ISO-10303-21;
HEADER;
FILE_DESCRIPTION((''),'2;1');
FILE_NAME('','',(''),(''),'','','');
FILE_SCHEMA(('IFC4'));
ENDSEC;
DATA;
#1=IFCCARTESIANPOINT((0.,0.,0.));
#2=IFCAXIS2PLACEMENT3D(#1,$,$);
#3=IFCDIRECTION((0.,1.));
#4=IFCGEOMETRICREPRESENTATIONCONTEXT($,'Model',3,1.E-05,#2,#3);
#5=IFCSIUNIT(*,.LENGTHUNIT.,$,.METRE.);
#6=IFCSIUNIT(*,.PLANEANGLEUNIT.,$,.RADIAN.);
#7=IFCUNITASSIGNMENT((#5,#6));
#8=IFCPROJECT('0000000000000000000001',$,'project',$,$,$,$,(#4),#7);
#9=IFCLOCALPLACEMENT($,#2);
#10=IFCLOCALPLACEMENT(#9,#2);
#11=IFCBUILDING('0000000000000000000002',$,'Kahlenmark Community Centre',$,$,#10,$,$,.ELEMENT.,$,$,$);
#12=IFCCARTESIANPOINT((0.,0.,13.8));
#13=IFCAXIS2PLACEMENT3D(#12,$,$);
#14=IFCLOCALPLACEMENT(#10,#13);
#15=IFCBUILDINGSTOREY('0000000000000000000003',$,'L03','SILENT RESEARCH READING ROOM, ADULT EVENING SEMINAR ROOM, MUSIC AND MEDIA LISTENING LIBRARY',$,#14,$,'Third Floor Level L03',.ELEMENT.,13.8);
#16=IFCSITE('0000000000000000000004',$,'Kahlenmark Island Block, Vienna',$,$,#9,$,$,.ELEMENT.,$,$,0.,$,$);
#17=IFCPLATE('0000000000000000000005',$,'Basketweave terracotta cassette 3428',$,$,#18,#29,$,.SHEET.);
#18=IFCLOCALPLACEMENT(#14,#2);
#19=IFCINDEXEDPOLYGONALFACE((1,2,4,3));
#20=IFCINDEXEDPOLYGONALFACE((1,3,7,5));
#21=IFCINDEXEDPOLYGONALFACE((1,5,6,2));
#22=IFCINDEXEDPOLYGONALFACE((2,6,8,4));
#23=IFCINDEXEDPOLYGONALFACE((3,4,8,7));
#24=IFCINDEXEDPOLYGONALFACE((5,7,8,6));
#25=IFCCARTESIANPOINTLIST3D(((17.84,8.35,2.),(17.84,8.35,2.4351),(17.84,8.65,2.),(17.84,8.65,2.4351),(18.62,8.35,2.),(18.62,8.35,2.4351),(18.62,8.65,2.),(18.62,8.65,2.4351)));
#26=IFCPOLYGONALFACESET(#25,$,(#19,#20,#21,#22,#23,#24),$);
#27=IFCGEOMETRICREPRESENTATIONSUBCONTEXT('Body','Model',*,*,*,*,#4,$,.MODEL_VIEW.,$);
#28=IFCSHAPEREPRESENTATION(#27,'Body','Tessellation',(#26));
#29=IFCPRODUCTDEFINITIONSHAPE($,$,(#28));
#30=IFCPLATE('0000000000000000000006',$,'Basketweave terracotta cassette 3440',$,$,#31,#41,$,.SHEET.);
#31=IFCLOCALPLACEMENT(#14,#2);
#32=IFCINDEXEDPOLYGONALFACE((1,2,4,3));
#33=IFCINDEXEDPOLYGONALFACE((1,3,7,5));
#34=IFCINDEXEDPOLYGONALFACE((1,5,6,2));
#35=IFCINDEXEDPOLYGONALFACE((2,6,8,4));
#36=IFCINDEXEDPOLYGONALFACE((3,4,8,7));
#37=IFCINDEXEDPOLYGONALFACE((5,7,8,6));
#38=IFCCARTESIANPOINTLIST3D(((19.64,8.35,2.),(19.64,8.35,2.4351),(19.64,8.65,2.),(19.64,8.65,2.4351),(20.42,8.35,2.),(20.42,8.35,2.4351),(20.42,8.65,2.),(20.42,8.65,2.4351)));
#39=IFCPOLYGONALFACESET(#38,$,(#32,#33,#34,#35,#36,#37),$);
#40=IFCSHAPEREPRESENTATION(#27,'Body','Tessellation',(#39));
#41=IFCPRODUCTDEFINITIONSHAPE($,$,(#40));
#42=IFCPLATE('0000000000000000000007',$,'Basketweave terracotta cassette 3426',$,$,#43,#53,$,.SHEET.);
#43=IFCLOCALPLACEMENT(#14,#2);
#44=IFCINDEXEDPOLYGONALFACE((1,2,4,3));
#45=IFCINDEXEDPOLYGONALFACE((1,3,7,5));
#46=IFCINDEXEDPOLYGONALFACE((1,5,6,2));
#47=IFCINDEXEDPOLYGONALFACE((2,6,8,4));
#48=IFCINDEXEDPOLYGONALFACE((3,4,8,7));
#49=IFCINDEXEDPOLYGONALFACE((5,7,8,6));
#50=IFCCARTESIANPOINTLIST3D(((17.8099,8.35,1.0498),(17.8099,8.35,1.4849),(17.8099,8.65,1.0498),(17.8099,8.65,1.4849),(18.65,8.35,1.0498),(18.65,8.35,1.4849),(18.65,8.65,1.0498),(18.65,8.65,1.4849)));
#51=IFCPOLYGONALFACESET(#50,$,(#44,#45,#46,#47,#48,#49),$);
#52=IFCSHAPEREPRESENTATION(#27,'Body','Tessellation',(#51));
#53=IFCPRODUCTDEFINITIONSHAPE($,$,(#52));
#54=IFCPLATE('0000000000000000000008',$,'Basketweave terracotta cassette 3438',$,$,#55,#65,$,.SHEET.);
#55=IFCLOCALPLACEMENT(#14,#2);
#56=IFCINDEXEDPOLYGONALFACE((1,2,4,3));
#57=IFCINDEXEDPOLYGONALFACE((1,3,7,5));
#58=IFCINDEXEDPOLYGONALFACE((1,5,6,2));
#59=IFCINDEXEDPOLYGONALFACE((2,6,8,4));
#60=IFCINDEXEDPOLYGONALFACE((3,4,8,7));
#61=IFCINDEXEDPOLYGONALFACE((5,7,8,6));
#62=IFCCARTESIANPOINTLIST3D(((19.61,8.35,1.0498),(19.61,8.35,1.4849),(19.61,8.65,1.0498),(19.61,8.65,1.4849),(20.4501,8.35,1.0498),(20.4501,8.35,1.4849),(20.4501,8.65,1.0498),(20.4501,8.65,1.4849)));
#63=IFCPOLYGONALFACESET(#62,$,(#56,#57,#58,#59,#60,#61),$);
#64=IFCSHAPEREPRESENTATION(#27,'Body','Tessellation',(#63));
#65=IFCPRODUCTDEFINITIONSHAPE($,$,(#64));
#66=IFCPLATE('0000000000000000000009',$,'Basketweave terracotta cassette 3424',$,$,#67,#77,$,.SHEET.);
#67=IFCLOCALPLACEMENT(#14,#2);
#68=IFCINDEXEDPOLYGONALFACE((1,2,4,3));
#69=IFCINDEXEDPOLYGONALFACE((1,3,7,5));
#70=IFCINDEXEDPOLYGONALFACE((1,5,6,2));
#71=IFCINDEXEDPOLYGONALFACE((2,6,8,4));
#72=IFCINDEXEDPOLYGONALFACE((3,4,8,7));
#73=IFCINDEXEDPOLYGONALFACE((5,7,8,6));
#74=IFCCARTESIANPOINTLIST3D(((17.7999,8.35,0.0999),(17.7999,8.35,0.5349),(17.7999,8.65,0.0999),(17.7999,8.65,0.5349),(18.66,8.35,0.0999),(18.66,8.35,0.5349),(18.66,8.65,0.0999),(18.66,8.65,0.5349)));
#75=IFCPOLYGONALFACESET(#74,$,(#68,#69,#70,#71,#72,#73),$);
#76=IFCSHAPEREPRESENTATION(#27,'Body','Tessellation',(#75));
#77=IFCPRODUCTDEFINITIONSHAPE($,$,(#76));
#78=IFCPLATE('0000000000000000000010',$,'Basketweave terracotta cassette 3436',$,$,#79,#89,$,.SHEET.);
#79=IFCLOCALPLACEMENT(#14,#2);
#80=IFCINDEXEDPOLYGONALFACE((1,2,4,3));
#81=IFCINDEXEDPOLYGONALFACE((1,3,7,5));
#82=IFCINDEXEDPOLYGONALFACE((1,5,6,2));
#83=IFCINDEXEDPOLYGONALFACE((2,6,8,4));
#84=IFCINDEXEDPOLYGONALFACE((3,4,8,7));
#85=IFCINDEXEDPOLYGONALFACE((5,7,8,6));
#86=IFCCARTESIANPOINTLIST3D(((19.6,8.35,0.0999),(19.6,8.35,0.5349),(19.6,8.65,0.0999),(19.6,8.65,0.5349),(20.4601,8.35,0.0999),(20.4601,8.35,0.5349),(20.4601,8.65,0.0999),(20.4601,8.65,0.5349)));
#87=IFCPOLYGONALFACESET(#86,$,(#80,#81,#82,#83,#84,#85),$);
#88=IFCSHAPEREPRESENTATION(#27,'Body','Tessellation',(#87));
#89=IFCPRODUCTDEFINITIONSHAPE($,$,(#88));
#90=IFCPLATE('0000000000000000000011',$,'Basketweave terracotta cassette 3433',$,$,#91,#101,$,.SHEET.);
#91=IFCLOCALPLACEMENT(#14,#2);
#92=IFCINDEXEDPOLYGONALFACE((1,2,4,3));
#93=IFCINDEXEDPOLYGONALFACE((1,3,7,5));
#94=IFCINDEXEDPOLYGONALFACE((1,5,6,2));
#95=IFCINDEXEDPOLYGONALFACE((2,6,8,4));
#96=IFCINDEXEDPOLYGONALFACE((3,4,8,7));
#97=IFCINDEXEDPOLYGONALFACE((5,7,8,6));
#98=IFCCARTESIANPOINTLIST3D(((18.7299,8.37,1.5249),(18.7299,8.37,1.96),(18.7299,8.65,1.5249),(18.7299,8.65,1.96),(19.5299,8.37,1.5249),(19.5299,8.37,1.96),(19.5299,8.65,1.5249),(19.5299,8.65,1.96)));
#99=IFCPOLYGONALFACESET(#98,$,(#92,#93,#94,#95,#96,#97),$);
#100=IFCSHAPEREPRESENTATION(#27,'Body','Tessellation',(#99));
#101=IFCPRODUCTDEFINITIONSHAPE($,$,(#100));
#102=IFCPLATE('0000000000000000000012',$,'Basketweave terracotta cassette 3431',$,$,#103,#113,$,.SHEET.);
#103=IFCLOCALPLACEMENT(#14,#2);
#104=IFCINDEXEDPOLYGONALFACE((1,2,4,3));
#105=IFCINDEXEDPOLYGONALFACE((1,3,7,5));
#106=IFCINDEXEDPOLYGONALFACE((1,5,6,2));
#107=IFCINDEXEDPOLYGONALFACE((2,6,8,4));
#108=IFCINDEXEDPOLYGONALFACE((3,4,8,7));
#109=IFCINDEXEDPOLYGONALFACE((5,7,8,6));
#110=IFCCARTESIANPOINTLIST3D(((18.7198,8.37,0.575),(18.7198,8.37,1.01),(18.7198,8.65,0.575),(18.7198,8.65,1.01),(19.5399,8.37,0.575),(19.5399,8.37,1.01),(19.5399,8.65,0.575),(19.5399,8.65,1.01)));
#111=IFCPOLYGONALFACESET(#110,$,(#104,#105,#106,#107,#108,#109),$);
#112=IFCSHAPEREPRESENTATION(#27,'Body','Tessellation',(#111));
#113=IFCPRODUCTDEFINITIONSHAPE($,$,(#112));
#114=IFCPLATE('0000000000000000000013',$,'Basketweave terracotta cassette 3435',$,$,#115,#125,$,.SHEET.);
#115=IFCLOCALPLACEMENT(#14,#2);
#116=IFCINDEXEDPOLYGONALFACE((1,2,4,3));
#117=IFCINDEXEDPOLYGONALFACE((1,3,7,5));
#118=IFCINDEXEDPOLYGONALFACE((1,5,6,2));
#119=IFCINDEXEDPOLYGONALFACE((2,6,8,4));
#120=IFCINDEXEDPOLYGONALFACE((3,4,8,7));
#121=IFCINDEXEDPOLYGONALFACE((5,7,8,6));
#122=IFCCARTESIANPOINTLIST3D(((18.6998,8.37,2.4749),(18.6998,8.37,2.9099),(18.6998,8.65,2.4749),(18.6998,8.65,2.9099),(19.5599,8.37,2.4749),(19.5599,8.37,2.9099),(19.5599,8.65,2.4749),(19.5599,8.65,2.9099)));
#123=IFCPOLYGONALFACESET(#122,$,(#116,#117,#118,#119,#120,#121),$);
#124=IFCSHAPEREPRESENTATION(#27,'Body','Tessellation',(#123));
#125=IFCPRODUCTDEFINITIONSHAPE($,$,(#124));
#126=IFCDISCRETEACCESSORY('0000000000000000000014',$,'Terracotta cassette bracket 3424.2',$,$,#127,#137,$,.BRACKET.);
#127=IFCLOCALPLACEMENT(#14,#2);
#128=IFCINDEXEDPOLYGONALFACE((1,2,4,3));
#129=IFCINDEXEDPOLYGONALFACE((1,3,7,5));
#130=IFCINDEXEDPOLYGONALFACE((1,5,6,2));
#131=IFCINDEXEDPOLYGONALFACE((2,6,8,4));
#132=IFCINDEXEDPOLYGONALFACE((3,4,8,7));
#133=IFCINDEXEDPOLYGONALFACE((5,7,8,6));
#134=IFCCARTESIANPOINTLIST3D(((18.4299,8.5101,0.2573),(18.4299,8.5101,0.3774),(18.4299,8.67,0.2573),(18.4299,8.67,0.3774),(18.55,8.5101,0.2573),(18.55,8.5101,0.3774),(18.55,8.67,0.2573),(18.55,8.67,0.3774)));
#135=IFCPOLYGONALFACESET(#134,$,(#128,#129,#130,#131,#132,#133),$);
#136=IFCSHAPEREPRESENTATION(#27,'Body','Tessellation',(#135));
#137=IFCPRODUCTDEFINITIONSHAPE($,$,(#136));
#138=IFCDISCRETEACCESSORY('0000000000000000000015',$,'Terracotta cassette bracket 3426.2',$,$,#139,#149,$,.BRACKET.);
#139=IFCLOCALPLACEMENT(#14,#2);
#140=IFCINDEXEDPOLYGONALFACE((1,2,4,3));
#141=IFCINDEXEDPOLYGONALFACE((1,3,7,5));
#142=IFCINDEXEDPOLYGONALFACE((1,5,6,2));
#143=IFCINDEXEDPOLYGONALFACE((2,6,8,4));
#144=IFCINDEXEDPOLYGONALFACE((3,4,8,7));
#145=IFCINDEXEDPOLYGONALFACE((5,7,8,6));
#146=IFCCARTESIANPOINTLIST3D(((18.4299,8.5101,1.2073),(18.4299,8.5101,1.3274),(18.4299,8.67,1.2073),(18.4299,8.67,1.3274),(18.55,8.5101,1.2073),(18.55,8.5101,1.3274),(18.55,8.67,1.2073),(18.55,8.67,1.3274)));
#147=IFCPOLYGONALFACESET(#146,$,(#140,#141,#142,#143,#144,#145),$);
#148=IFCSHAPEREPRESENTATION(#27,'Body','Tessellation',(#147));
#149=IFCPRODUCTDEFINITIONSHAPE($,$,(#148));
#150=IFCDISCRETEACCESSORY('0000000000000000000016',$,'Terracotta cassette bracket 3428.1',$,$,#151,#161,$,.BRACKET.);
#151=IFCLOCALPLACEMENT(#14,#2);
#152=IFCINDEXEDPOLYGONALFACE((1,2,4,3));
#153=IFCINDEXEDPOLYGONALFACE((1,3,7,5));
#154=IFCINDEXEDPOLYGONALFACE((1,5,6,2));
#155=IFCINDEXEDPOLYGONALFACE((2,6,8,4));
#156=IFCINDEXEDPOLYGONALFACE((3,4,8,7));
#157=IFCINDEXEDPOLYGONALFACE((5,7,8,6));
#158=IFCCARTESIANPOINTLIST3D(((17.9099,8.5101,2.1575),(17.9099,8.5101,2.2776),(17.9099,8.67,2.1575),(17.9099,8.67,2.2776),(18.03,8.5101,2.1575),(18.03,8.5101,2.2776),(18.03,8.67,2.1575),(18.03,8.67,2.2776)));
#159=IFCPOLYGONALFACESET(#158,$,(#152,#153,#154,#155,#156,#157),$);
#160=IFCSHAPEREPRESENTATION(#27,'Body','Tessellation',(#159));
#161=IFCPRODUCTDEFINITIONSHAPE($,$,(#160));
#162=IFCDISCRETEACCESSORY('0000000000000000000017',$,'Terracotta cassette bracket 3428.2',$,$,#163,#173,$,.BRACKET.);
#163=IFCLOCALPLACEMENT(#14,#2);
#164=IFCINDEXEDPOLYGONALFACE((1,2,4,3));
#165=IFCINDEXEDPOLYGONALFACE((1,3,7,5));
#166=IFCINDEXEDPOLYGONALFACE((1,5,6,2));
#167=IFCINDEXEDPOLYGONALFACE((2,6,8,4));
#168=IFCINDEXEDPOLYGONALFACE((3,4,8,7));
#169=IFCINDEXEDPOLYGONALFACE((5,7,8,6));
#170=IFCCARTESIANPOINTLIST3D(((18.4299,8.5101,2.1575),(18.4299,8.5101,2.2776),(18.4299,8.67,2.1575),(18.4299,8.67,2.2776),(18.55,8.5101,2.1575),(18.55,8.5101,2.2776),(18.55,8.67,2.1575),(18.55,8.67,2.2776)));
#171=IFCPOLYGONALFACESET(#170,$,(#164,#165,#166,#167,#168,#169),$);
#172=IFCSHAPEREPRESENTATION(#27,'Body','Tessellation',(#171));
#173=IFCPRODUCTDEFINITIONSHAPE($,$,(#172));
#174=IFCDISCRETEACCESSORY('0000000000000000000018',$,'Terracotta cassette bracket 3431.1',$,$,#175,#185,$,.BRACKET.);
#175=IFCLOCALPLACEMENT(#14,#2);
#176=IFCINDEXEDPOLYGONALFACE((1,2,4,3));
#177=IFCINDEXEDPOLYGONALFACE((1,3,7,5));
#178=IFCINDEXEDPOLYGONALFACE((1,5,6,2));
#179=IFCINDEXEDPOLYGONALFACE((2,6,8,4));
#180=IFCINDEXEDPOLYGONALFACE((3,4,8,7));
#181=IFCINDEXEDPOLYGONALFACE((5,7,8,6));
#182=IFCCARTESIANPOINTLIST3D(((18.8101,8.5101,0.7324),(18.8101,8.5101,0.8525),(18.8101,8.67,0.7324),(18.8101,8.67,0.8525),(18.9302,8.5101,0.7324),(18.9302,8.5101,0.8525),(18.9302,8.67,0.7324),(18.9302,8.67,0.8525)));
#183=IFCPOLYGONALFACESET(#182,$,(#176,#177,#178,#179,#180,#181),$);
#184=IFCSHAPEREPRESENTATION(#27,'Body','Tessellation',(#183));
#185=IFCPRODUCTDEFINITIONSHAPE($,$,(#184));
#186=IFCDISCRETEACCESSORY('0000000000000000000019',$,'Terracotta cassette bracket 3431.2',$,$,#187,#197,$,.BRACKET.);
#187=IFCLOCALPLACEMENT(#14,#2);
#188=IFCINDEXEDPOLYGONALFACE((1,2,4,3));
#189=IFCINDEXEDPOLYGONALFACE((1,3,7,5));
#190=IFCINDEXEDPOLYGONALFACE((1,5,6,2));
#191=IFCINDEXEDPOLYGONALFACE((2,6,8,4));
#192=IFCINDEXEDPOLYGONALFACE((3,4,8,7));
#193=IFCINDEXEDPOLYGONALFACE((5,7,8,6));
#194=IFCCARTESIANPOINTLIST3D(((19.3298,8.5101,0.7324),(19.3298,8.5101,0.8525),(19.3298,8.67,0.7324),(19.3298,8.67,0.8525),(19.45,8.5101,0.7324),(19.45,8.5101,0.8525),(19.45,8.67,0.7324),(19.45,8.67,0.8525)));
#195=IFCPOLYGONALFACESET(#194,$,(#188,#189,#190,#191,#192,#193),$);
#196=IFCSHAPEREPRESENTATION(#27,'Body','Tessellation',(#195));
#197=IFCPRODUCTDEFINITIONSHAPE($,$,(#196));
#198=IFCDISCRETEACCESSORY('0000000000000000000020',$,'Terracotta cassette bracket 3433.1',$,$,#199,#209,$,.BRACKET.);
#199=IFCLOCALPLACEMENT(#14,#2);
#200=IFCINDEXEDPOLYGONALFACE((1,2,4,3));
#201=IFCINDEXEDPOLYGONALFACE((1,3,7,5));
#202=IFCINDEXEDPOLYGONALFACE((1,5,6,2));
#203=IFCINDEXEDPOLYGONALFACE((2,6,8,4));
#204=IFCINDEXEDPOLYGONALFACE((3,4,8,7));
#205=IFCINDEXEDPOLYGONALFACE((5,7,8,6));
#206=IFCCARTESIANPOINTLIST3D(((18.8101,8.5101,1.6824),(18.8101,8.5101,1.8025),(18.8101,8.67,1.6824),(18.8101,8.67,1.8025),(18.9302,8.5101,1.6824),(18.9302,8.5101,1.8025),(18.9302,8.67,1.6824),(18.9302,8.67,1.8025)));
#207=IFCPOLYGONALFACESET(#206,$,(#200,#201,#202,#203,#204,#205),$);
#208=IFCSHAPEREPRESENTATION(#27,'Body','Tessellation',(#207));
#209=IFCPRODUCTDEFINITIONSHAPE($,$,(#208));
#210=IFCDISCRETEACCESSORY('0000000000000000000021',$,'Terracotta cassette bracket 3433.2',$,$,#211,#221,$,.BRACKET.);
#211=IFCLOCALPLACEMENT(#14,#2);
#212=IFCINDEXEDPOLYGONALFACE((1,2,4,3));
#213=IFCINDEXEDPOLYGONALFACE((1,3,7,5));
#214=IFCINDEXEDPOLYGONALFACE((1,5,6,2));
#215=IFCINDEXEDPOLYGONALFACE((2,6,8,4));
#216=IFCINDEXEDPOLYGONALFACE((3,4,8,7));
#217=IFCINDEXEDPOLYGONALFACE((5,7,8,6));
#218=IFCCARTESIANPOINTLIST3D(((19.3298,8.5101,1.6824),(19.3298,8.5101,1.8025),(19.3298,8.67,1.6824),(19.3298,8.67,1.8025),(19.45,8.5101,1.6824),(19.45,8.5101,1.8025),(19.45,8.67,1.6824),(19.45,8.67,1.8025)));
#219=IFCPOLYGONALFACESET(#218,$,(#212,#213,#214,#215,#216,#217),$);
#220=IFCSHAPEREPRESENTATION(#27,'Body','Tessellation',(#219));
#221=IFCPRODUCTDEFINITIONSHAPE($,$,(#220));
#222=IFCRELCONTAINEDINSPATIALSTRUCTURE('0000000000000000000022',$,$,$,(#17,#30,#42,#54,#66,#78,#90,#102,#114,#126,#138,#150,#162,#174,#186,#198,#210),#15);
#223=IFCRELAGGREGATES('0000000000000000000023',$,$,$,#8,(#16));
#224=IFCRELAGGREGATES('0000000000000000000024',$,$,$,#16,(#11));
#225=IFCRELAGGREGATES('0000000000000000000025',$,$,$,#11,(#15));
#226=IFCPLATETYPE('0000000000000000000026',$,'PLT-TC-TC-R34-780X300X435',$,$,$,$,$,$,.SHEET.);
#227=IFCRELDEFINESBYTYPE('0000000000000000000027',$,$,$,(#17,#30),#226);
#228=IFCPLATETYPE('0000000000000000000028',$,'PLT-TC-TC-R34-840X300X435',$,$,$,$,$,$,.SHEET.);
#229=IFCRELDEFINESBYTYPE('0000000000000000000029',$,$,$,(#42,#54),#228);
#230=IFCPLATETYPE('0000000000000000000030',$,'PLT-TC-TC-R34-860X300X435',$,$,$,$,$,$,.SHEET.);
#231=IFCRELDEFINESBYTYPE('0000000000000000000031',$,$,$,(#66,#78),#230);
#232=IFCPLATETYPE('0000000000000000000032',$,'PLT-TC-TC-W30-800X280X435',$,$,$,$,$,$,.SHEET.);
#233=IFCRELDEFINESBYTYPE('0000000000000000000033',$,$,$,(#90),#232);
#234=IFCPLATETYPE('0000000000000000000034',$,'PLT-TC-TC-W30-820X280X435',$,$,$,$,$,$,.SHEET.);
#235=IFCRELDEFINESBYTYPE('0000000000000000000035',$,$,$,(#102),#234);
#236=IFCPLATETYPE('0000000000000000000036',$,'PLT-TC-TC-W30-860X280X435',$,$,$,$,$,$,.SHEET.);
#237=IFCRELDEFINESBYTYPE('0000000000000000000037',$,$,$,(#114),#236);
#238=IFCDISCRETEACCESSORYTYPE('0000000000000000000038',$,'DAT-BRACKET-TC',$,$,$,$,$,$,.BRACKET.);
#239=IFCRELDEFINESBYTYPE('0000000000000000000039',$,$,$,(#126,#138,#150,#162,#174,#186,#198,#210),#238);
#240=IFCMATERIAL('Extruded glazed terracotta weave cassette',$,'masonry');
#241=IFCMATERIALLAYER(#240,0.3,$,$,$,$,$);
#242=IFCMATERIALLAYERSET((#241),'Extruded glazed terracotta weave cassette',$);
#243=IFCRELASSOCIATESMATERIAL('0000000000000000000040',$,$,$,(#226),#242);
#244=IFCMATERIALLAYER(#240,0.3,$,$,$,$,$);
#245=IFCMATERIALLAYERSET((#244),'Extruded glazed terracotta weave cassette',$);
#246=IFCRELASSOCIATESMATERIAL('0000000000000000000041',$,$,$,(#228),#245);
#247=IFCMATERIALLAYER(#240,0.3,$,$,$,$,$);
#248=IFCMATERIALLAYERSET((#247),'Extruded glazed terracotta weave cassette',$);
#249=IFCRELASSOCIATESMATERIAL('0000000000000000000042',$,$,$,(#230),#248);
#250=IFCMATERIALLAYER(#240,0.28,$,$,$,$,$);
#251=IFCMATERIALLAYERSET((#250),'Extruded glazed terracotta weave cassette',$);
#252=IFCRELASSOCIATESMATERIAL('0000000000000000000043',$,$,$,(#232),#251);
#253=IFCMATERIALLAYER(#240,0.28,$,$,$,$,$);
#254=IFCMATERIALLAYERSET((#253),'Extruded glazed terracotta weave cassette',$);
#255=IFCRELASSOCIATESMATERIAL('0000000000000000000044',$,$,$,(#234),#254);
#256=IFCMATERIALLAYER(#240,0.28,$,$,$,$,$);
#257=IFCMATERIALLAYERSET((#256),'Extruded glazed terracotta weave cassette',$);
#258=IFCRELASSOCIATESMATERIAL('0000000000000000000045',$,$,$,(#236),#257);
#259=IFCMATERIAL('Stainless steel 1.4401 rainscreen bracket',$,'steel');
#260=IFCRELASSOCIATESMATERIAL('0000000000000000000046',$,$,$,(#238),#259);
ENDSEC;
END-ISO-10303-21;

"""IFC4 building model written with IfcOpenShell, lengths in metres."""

from ifc_helpers import new_model, si_unit, direction, frame, origin, origin_2d, place, context, subcontext, project, spatial, rectangle, extrude, material, layer, layer_set, type_object, element, save


model = new_model("IFC4")

# Units and contexts
model_context = context("Model", 3, precision=1e-05, world=origin(), true_north=direction((0.0, 1.0)))
body_context = subcontext(model_context, "Body", "Model", "MODEL_VIEW")
ifc_project = project(units=[si_unit("LENGTHUNIT", "METRE"), si_unit("PLANEANGLEUNIT", "RADIAN")], contexts=[model_context])

# Site, building, storey
site_placement = place(None, origin())
site = spatial("IfcSite", under=ifc_project, at=site_placement, Name="Kahlenmark Island Block, Vienna", CompositionType="ELEMENT", RefElevation=0.0)
building_placement = place(site_placement, origin())
building = spatial("IfcBuilding", under=site, at=building_placement, Name="Kahlenmark Community Centre", CompositionType="ELEMENT")
storey_placement = place(building_placement, frame((0.0, 0.0, 13.8)))
storey = spatial("IfcBuildingStorey", under=building, at=storey_placement, Name="L03", Description="SILENT RESEARCH READING ROOM, ADULT EVENING SEMINAR ROOM, MUSIC AND MEDIA LISTENING LIBRARY", LongName="Third Floor Level L03", CompositionType="ELEMENT", Elevation=13.8)

# Plates
ifc_material_1 = material(Name="Extruded glazed terracotta weave cassette", Category="masonry")
ifc_layer_1 = layer(ifc_material_1, 0.3)
ifc_layer_set_1 = layer_set([ifc_layer_1], Name="Extruded glazed terracotta weave cassette")
plate_type_1 = type_object("IfcPlateType", Name="PLT-TC-TC-R34-780X300X435", PredefinedType="SHEET", material=ifc_layer_set_1)
for number, where, z_axis, x_axis, name in (
    (1, (18.23, 8.5, 2.0), (0.0, 0.0, 1.0), (1.0, 0.0, 0.0), "Basketweave terracotta cassette 3428"),
    (2, (20.03, 8.5, 2.0), (0.0, 0.0, 1.0), (1.0, 0.0, 0.0), "Basketweave terracotta cassette 3440"),
):
    element("IfcPlate", number, at=place(storey_placement, frame(where, z_axis=z_axis, x_axis=x_axis)), inside=storey, type_object=plate_type_1, Name=name, PredefinedType="SHEET", context=body_context, shape_type="SweptSolid", body=[
        extrude(rectangle(XDim=0.78, YDim=0.3, at=origin_2d()), origin(), (0.0, 0.0, 1.0), 0.4351),
    ])
ifc_layer_2 = layer(ifc_material_1, 0.3)
ifc_layer_set_2 = layer_set([ifc_layer_2], Name="Extruded glazed terracotta weave cassette")
plate_type_2 = type_object("IfcPlateType", Name="PLT-TC-TC-R34-840X300X435", PredefinedType="SHEET", material=ifc_layer_set_2)
for number, where, z_axis, x_axis, name in (
    (3, (18.23, 8.5, 1.0498), (0.0, 0.0, 1.0), (1.0, 0.0, 0.0), "Basketweave terracotta cassette 3426"),
    (4, (20.03, 8.5, 1.0498), (0.0, 0.0, 1.0), (1.0, 0.0, 0.0), "Basketweave terracotta cassette 3438"),
):
    element("IfcPlate", number, at=place(storey_placement, frame(where, z_axis=z_axis, x_axis=x_axis)), inside=storey, type_object=plate_type_2, Name=name, PredefinedType="SHEET", context=body_context, shape_type="SweptSolid", body=[
        extrude(rectangle(XDim=0.8401, YDim=0.3, at=origin_2d()), origin(), (0.0, 0.0, 1.0), 0.4351),
    ])
ifc_layer_3 = layer(ifc_material_1, 0.3)
ifc_layer_set_3 = layer_set([ifc_layer_3], Name="Extruded glazed terracotta weave cassette")
plate_type_3 = type_object("IfcPlateType", Name="PLT-TC-TC-R34-860X300X435", PredefinedType="SHEET", material=ifc_layer_set_3)
for number, where, z_axis, x_axis, name in (
    (5, (18.23, 8.5, 0.0999), (0.0, 0.0, 1.0), (1.0, 0.0, 0.0), "Basketweave terracotta cassette 3424"),
    (6, (20.03, 8.5, 0.0999), (0.0, 0.0, 1.0), (1.0, 0.0, 0.0), "Basketweave terracotta cassette 3436"),
):
    element("IfcPlate", number, at=place(storey_placement, frame(where, z_axis=z_axis, x_axis=x_axis)), inside=storey, type_object=plate_type_3, Name=name, PredefinedType="SHEET", context=body_context, shape_type="SweptSolid", body=[
        extrude(rectangle(XDim=0.8601, YDim=0.3, at=origin_2d()), origin(), (0.0, 0.0, 1.0), 0.4351),
    ])
ifc_layer_4 = layer(ifc_material_1, 0.28)
ifc_layer_set_4 = layer_set([ifc_layer_4], Name="Extruded glazed terracotta weave cassette")
plate_type_4 = type_object("IfcPlateType", Name="PLT-TC-TC-W30-800X280X435", PredefinedType="SHEET", material=ifc_layer_set_4)
plate_1_placement = place(storey_placement, frame((19.1299, 8.51, 1.5249), z_axis=(0.0, 0.0, 1.0), x_axis=(1.0, 0.0, 0.0)))
element("IfcPlate", 7, at=plate_1_placement, inside=storey, type_object=plate_type_4, Name="Basketweave terracotta cassette 3433", PredefinedType="SHEET", context=body_context, shape_type="SweptSolid", body=[
    extrude(rectangle(XDim=0.8, YDim=0.28, at=origin_2d()), origin(), (0.0, 0.0, 1.0), 0.4351),
])
ifc_layer_5 = layer(ifc_material_1, 0.28)
ifc_layer_set_5 = layer_set([ifc_layer_5], Name="Extruded glazed terracotta weave cassette")
plate_type_5 = type_object("IfcPlateType", Name="PLT-TC-TC-W30-820X280X435", PredefinedType="SHEET", material=ifc_layer_set_5)
plate_2_placement = place(storey_placement, frame((19.1299, 8.51, 0.575), z_axis=(0.0, 0.0, 1.0), x_axis=(1.0, 0.0, 0.0)))
element("IfcPlate", 8, at=plate_2_placement, inside=storey, type_object=plate_type_5, Name="Basketweave terracotta cassette 3431", PredefinedType="SHEET", context=body_context, shape_type="SweptSolid", body=[
    extrude(rectangle(XDim=0.8201, YDim=0.28, at=origin_2d()), origin(), (0.0, 0.0, 1.0), 0.4351),
])
ifc_layer_6 = layer(ifc_material_1, 0.28)
ifc_layer_set_6 = layer_set([ifc_layer_6], Name="Extruded glazed terracotta weave cassette")
plate_type_6 = type_object("IfcPlateType", Name="PLT-TC-TC-W30-860X280X435", PredefinedType="SHEET", material=ifc_layer_set_6)
plate_3_placement = place(storey_placement, frame((19.1299, 8.51, 2.4749), z_axis=(0.0, 0.0, 1.0), x_axis=(1.0, 0.0, 0.0)))
element("IfcPlate", 9, at=plate_3_placement, inside=storey, type_object=plate_type_6, Name="Basketweave terracotta cassette 3435", PredefinedType="SHEET", context=body_context, shape_type="SweptSolid", body=[
    extrude(rectangle(XDim=0.8601, YDim=0.28, at=origin_2d()), origin(), (0.0, 0.0, 1.0), 0.4351),
])

# Discrete accessories
ifc_material_2 = material(Name="Stainless steel 1.4401 rainscreen bracket", Category="steel")
discrete_accessory_type = type_object("IfcDiscreteAccessoryType", Name="DAT-BRACKET-TC", PredefinedType="BRACKET", material=ifc_material_2)
for number, where, z_axis, x_axis, name in (
    (10, (18.49, 8.5901, 0.2573), (0.0, 0.0, 1.0), (1.0, 0.0, 0.0), "Terracotta cassette bracket 3424.2"),
    (11, (18.49, 8.5901, 1.2073), (0.0, 0.0, 1.0), (1.0, 0.0, 0.0), "Terracotta cassette bracket 3426.2"),
    (12, (17.97, 8.5901, 2.1575), (0.0, 0.0, 1.0), (1.0, 0.0, 0.0), "Terracotta cassette bracket 3428.1"),
    (13, (18.49, 8.5901, 2.1575), (0.0, 0.0, 1.0), (1.0, 0.0, 0.0), "Terracotta cassette bracket 3428.2"),
    (14, (18.8701, 8.5901, 0.7324), (0.0, 0.0, 1.0), (1.0, 0.0, 0.0), "Terracotta cassette bracket 3431.1"),
    (15, (19.3899, 8.5901, 0.7324), (0.0, 0.0, 1.0), (1.0, 0.0, 0.0), "Terracotta cassette bracket 3431.2"),
    (16, (18.8701, 8.5901, 1.6824), (0.0, 0.0, 1.0), (1.0, 0.0, 0.0), "Terracotta cassette bracket 3433.1"),
    (17, (19.3899, 8.5901, 1.6824), (0.0, 0.0, 1.0), (1.0, 0.0, 0.0), "Terracotta cassette bracket 3433.2"),
):
    element("IfcDiscreteAccessory", number, at=place(storey_placement, frame(where, z_axis=z_axis, x_axis=x_axis)), inside=storey, type_object=discrete_accessory_type, Name=name, PredefinedType="BRACKET", context=body_context, shape_type="SweptSolid", body=[
        extrude(rectangle(XDim=0.1201, YDim=0.1599, at=origin_2d()), origin(), (0.0, 0.0, 1.0), 0.1201),
    ])

save(model, "model.ifc")
